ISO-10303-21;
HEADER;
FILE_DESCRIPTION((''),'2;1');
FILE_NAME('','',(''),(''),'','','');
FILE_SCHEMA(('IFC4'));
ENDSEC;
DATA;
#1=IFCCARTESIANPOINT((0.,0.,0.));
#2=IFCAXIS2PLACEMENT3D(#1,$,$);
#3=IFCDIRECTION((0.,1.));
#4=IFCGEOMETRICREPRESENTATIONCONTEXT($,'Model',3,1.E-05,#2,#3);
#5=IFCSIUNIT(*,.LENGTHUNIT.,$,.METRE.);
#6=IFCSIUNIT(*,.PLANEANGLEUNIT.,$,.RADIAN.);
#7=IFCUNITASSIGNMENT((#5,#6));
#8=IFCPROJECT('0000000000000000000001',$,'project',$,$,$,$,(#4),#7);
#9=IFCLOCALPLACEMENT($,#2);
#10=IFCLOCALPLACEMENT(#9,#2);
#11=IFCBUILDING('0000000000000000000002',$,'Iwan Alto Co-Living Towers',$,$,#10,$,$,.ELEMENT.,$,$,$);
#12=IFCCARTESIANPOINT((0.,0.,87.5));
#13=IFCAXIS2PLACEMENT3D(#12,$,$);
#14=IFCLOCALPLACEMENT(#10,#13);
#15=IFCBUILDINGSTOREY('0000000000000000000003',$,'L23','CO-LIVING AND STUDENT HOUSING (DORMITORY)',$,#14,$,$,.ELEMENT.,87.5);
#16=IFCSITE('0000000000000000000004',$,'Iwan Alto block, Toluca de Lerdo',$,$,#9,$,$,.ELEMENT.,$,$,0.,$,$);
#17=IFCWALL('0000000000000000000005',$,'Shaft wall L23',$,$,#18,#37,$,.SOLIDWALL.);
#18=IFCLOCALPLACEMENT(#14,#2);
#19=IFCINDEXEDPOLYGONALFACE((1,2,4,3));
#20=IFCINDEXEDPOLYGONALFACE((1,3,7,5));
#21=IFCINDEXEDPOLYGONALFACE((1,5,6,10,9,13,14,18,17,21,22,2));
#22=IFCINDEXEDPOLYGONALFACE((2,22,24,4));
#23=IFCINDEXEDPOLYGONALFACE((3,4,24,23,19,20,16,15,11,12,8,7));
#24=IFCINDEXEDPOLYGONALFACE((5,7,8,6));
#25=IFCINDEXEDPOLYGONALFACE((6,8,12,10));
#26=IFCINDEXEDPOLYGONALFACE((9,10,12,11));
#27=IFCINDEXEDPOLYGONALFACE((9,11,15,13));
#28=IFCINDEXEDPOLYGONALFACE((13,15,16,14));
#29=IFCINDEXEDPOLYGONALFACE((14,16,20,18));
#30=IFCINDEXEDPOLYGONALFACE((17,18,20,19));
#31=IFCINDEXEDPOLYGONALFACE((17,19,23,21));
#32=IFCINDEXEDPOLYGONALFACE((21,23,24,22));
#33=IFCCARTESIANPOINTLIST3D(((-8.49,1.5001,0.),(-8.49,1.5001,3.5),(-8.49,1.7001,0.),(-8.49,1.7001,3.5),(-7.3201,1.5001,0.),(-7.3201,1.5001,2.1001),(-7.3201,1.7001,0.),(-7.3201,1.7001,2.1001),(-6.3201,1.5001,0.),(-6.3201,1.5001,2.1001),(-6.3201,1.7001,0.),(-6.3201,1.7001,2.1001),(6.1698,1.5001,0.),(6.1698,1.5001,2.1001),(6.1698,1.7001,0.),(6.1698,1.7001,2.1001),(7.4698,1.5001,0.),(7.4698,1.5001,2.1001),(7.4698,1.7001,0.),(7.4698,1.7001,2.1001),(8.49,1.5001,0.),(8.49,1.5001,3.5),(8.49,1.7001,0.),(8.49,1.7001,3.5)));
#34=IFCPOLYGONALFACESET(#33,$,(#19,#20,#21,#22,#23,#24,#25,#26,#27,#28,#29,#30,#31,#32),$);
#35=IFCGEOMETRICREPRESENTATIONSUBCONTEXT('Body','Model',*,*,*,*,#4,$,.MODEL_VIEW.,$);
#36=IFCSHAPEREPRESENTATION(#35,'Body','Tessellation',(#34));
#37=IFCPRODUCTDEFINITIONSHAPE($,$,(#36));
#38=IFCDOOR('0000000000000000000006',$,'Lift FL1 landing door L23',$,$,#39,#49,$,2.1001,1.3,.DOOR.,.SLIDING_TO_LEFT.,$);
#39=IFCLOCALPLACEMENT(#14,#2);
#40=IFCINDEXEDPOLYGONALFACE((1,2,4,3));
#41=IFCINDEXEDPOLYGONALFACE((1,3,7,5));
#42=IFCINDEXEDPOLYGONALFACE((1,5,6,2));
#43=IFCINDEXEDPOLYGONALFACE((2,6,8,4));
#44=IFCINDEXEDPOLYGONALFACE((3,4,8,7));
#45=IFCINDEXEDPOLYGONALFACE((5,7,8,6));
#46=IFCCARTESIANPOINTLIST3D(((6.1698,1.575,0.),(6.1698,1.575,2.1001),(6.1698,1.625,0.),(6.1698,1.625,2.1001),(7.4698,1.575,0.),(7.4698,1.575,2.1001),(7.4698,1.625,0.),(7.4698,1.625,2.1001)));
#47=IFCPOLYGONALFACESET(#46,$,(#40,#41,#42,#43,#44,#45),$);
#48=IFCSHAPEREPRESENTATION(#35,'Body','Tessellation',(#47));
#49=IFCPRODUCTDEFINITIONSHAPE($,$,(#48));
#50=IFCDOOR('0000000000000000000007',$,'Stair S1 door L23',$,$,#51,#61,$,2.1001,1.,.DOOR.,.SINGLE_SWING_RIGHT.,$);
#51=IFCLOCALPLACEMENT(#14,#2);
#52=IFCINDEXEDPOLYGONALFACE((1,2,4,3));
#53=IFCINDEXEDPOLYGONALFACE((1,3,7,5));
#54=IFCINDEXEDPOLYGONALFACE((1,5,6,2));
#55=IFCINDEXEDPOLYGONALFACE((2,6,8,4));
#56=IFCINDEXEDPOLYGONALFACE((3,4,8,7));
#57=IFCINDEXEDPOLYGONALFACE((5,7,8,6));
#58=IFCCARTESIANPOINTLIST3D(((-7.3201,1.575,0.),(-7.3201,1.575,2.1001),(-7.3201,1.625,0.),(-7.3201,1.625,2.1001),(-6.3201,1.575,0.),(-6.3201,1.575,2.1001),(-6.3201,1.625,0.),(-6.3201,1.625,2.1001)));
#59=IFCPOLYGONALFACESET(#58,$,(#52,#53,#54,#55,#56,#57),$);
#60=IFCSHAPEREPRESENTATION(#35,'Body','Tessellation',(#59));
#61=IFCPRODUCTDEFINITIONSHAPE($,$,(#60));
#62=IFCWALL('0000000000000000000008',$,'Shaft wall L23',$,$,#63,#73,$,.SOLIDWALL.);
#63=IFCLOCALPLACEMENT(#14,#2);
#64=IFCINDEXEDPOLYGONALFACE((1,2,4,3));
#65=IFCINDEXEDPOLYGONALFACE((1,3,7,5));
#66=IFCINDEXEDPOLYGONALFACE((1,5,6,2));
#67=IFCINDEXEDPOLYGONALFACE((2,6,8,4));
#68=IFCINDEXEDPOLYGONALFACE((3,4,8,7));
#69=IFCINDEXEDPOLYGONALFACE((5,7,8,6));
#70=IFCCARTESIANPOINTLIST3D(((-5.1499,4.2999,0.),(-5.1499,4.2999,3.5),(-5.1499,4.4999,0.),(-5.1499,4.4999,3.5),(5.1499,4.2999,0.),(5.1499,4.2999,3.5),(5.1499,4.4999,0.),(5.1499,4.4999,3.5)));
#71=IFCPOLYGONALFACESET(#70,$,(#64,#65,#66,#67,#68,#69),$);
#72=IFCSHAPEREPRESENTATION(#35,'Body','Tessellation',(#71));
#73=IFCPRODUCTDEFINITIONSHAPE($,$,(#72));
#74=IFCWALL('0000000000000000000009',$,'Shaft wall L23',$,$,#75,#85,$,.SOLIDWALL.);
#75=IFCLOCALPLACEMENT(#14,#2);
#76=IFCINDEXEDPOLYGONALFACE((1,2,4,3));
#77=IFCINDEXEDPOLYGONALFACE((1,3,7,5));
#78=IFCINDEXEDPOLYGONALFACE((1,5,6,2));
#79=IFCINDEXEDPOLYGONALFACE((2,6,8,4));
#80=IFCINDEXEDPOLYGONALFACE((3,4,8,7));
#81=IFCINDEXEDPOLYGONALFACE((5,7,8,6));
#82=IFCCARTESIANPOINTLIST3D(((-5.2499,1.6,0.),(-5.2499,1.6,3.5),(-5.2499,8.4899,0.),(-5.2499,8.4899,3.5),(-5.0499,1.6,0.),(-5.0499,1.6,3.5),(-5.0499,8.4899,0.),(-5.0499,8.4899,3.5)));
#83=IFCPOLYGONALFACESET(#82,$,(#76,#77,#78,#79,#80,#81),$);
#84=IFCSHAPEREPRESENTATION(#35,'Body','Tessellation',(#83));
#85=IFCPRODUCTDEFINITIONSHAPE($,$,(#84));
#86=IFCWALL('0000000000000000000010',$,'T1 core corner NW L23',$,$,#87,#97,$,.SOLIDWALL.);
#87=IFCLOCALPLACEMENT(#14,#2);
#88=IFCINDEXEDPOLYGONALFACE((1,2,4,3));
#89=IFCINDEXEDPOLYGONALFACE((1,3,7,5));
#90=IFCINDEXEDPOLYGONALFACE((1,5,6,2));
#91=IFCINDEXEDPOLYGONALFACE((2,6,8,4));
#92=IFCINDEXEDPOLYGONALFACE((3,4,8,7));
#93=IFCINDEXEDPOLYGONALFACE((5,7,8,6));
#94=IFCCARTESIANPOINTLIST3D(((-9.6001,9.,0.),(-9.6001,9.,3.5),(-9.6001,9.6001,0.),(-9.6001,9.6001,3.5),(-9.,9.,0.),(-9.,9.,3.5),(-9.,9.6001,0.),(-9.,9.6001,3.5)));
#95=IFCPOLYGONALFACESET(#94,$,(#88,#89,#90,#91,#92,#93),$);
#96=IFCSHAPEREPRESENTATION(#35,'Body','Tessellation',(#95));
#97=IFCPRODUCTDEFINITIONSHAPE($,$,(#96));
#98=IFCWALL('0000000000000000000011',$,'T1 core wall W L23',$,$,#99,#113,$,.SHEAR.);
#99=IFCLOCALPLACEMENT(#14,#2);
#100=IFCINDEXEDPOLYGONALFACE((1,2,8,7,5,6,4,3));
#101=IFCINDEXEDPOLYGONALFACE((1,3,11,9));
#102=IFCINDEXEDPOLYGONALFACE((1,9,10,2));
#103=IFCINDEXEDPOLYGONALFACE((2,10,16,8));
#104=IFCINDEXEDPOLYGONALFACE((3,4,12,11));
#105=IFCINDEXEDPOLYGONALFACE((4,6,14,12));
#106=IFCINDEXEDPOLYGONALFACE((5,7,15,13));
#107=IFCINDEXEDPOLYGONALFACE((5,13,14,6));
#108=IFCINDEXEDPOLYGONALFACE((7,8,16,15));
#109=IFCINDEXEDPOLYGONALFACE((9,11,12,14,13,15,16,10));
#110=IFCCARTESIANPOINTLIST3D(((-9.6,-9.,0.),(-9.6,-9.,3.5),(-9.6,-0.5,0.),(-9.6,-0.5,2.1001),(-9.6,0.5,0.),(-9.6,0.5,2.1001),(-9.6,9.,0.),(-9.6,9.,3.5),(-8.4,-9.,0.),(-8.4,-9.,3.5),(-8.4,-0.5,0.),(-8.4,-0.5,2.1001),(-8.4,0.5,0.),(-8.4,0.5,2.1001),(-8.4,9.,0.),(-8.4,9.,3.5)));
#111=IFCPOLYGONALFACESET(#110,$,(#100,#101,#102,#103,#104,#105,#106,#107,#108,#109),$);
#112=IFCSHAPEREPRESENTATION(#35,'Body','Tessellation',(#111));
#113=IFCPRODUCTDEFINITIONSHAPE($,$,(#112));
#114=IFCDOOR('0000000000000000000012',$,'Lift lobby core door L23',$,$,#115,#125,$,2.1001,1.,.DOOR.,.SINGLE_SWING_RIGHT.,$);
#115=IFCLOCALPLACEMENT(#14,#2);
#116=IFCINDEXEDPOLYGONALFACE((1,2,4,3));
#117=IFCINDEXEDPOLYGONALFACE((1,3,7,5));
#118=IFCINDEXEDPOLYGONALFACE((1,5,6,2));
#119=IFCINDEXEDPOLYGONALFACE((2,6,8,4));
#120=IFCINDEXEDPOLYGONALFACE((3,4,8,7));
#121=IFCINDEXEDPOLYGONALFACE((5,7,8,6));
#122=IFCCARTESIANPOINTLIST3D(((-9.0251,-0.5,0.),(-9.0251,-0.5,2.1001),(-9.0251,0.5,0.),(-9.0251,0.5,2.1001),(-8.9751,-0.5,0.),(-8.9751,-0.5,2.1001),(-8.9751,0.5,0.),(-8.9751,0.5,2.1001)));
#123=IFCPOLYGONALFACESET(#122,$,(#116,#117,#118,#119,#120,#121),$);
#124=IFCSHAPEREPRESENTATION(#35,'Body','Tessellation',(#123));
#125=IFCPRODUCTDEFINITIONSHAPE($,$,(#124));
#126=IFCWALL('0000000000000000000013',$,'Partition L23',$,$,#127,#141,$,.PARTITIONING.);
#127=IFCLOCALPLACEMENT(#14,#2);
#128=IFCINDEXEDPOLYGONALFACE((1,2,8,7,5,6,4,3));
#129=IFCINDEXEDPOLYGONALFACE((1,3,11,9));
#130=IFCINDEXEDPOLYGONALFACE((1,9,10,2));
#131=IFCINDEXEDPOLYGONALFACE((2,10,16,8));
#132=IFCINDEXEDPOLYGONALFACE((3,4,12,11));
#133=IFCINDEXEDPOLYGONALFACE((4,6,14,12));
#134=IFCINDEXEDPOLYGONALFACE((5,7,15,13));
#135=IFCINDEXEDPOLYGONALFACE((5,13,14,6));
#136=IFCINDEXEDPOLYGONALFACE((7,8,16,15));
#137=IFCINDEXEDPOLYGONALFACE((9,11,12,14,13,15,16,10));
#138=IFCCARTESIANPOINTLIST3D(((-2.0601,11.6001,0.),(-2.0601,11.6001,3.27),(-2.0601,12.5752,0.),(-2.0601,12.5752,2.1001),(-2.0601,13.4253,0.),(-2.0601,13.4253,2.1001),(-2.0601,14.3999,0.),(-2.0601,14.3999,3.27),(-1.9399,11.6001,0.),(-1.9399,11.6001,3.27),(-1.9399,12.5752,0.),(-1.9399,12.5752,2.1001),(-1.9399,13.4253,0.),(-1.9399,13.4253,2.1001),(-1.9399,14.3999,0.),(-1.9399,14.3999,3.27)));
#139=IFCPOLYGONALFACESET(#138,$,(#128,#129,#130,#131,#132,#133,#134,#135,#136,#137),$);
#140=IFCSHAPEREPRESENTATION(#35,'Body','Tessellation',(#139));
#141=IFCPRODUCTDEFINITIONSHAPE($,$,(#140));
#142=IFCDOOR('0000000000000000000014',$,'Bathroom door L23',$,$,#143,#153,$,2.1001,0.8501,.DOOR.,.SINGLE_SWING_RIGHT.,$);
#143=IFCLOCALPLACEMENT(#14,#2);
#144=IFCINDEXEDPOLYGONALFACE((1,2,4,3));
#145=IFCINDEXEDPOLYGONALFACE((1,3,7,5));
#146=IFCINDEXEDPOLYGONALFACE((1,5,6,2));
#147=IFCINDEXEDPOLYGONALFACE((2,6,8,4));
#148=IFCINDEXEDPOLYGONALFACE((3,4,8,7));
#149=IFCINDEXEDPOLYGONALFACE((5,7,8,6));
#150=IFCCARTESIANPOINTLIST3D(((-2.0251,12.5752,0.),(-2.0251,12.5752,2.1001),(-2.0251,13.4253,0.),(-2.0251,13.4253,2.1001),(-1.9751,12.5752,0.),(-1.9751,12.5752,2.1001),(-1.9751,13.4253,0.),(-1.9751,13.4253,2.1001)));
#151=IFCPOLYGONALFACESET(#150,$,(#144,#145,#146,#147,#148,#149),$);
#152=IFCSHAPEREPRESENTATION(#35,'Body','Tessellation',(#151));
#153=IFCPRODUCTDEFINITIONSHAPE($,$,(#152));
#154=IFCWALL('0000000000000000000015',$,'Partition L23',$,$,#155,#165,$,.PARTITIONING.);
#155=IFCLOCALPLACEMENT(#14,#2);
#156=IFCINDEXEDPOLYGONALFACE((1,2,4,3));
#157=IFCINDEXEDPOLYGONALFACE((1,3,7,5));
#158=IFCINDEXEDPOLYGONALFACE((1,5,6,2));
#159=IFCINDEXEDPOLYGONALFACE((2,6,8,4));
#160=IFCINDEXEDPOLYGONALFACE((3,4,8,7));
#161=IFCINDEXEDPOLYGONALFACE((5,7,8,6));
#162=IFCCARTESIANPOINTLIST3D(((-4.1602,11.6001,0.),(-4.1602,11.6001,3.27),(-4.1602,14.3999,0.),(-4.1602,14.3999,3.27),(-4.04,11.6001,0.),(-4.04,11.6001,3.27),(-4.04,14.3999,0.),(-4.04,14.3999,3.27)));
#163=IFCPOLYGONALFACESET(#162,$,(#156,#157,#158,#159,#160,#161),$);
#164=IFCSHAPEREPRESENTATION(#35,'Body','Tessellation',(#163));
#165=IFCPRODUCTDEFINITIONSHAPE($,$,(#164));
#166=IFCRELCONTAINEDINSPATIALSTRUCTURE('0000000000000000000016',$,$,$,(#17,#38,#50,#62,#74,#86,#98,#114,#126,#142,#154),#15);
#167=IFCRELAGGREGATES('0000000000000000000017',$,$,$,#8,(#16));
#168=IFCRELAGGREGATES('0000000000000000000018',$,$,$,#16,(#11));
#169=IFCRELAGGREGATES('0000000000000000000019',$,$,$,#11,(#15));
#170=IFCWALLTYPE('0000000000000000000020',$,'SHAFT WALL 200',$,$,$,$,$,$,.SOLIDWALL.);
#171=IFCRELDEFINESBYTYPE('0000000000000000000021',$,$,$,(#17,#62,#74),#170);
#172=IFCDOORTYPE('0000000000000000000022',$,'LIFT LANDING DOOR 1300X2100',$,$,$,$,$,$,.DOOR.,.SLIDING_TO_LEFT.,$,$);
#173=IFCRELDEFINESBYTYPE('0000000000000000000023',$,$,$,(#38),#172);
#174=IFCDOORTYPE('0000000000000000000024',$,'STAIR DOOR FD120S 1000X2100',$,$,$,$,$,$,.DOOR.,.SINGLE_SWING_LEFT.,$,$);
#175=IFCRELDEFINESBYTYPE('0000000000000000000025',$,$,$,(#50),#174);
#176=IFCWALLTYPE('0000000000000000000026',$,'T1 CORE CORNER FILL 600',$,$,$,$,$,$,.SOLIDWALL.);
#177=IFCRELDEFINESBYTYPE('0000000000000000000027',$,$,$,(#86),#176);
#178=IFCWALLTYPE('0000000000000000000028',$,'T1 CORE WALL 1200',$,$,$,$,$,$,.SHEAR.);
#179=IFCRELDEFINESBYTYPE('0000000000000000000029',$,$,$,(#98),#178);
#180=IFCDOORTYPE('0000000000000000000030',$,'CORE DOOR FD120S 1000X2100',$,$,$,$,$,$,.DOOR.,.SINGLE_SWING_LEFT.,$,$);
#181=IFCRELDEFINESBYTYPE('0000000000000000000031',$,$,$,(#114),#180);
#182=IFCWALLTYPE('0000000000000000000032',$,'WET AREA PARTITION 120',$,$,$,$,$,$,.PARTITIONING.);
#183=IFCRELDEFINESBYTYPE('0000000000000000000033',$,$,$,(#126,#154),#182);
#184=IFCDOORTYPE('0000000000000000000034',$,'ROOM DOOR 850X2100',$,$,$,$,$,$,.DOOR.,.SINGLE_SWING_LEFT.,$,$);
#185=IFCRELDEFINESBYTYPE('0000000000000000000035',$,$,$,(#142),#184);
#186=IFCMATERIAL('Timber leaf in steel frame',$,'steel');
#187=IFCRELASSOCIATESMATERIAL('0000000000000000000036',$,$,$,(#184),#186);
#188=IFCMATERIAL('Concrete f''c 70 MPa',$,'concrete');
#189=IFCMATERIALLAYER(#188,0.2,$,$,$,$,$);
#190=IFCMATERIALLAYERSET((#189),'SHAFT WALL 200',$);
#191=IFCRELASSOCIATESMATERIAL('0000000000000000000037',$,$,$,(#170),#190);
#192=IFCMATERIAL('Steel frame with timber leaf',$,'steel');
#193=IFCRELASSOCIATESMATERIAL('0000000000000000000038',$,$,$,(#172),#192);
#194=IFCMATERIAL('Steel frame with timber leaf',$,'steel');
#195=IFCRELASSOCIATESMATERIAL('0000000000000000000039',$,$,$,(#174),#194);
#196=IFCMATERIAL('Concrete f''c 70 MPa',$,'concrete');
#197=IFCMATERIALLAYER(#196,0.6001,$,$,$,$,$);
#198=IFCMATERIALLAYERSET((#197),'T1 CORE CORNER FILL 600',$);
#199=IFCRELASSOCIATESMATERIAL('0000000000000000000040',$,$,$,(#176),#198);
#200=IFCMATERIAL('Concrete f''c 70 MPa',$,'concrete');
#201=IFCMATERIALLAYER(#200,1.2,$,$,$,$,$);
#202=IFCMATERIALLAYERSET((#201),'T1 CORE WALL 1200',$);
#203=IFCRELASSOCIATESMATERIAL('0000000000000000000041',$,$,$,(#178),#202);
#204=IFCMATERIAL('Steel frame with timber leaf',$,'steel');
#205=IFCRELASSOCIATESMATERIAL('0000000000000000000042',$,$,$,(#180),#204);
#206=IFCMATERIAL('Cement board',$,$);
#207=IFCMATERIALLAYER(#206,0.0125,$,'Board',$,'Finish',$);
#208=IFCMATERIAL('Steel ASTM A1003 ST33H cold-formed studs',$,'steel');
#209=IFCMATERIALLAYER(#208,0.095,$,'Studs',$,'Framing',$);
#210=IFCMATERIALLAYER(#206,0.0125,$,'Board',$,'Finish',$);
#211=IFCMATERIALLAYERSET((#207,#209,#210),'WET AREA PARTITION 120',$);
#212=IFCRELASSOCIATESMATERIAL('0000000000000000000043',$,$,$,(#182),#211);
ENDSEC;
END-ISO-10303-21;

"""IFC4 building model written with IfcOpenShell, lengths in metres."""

from ifc_helpers import new_model, si_unit, direction, frame, frame_2d, origin, place, context, subcontext, project, spatial, rectangle, extrude, material, layer, layer_set, type_object, element, fill, save


model = new_model("IFC4")

# Units and contexts
model_context = context("Model", 3, precision=1e-05, world=origin(), true_north=direction((0.0, 1.0)))
body_context = subcontext(model_context, "Body", "Model", "MODEL_VIEW")
ifc_project = project(units=[si_unit("LENGTHUNIT", "METRE"), si_unit("PLANEANGLEUNIT", "RADIAN")], contexts=[model_context])

# Site, building, storey
site_placement = place(None, origin())
site = spatial("IfcSite", under=ifc_project, at=site_placement, Name="Iwan Alto block, Toluca de Lerdo", CompositionType="ELEMENT", RefElevation=0.0)
building_placement = place(site_placement, origin())
building = spatial("IfcBuilding", under=site, at=building_placement, Name="Iwan Alto Co-Living Towers", CompositionType="ELEMENT")
storey_placement = place(building_placement, frame((0.0, 0.0, 87.5)))
storey = spatial("IfcBuildingStorey", under=building, at=storey_placement, Name="L23", Description="CO-LIVING AND STUDENT HOUSING (DORMITORY)", CompositionType="ELEMENT", Elevation=87.5)

# Shared definitions
ifc_material_1 = material(Name="Steel ASTM A1003 ST33H cold-formed studs", Category="steel")

# Shared definitions
ifc_material_2 = material(Name="Timber leaf in steel frame", Category="steel")
door_type_1 = type_object("IfcDoorType", Name="ROOM DOOR 850X2100", OperationType="SINGLE_SWING_LEFT", PredefinedType="DOOR", material=ifc_material_2)

# Wall, openings, doors
ifc_material_3 = material(Name="Concrete f'c 70 MPa", Category="concrete")
ifc_layer_1 = layer(ifc_material_3, 0.2)
ifc_layer_set_1 = layer_set([ifc_layer_1], Name="SHAFT WALL 200")
wall_type_1 = type_object("IfcWallType", Name="SHAFT WALL 200", PredefinedType="SOLIDWALL", material=ifc_layer_set_1)
wall_1_placement = place(storey_placement, frame((-8.49, 1.6001, 0.0), z_axis=(0.0, 0.0, 1.0), x_axis=(1.0, 0.0, 0.0)))
wall_1 = element("IfcWall", 1, at=wall_1_placement, inside=storey, type_object=wall_type_1, Name="Shaft wall L23", PredefinedType="SOLIDWALL", context=body_context, shape_type="SweptSolid", body=[
    extrude(rectangle(XDim=16.98, YDim=0.2, at=frame_2d((8.49, 0.0))), origin(), (0.0, 0.0, 1.0), 3.5),
])
opening_1_placement = place(wall_1_placement, frame((1.1699, 0.0, 0.0)))
opening_1 = element("IfcOpeningElement", 2, at=opening_1_placement, cuts=wall_1, PredefinedType="OPENING", context=body_context, shape_type="SweptSolid", body=[
    extrude(rectangle(XDim=1.0, YDim=2.1001, at=frame_2d((0.5, 1.05))), frame((0.0, 0.1099, 0.0), z_axis=(0.0, -1.0, 0.0), x_axis=(1.0, 0.0, 0.0)), (0.0, 0.0, 1.0), 0.22),
])
opening_2_placement = place(wall_1_placement, frame((14.6599, 0.0, 0.0)))
opening_2 = element("IfcOpeningElement", 3, at=opening_2_placement, cuts=wall_1, PredefinedType="OPENING", context=body_context, shape_type="SweptSolid", body=[
    extrude(rectangle(XDim=1.3, YDim=2.1001, at=frame_2d((0.6499, 1.05))), frame((0.0, 0.1099, 0.0), z_axis=(0.0, -1.0, 0.0), x_axis=(1.0, 0.0, 0.0)), (0.0, 0.0, 1.0), 0.22),
])
ifc_material_4 = material(Name="Steel frame with timber leaf", Category="steel")
door_type_2 = type_object("IfcDoorType", Name="LIFT LANDING DOOR 1300X2100", OperationType="SLIDING_TO_LEFT", PredefinedType="DOOR", material=ifc_material_4)
door_1_placement = place(opening_2_placement, origin())
door_1 = element("IfcDoor", 4, at=door_1_placement, inside=storey, type_object=door_type_2, Name="Lift FL1 landing door L23", OperationType="SLIDING_TO_LEFT", OverallHeight=2.1001, OverallWidth=1.3, PredefinedType="DOOR", context=body_context, shape_type="SweptSolid", body=[
    extrude(rectangle(XDim=1.3, YDim=2.1001, at=frame_2d((0.6499, 1.05))), frame((0.0, 0.0249, 0.0), z_axis=(0.0, -1.0, 0.0), x_axis=(1.0, 0.0, 0.0)), (0.0, 0.0, 1.0), 0.05),
])
fill(opening_2, door_1)
ifc_material_5 = material(Name="Steel frame with timber leaf", Category="steel")
door_type_3 = type_object("IfcDoorType", Name="STAIR DOOR FD120S 1000X2100", OperationType="SINGLE_SWING_LEFT", PredefinedType="DOOR", material=ifc_material_5)
door_2_placement = place(opening_1_placement, origin())
door_2 = element("IfcDoor", 5, at=door_2_placement, inside=storey, type_object=door_type_3, Name="Stair S1 door L23", OperationType="SINGLE_SWING_RIGHT", OverallHeight=2.1001, OverallWidth=1.0, PredefinedType="DOOR", context=body_context, shape_type="SweptSolid", body=[
    extrude(rectangle(XDim=1.0, YDim=2.1001, at=frame_2d((0.5, 1.05))), frame((0.0, 0.0249, 0.0), z_axis=(0.0, -1.0, 0.0), x_axis=(1.0, 0.0, 0.0)), (0.0, 0.0, 1.0), 0.05),
])
fill(opening_1, door_2)

# Walls
wall_2_placement = place(storey_placement, frame((-5.1499, 4.3999, 0.0), z_axis=(0.0, 0.0, 1.0), x_axis=(1.0, 0.0, 0.0)))
element("IfcWall", 6, at=wall_2_placement, inside=storey, type_object=wall_type_1, Name="Shaft wall L23", PredefinedType="SOLIDWALL", context=body_context, shape_type="SweptSolid", body=[
    extrude(rectangle(XDim=10.2998, YDim=0.2, at=frame_2d((5.1499, 0.0))), origin(), (0.0, 0.0, 1.0), 3.5),
])
wall_3_placement = place(storey_placement, frame((-5.1499, 1.6001, 0.0), z_axis=(0.0, 0.0, 1.0), x_axis=(0.0, 1.0, 0.0)))
element("IfcWall", 7, at=wall_3_placement, inside=storey, type_object=wall_type_1, Name="Shaft wall L23", PredefinedType="SOLIDWALL", context=body_context, shape_type="SweptSolid", body=[
    extrude(rectangle(XDim=6.8899, YDim=0.2, at=frame_2d((3.4448, 0.0))), origin(), (0.0, 0.0, 1.0), 3.5),
])
ifc_material_6 = material(Name="Concrete f'c 70 MPa", Category="concrete")
ifc_layer_2 = layer(ifc_material_6, 0.6001)
ifc_layer_set_2 = layer_set([ifc_layer_2], Name="T1 CORE CORNER FILL 600")
wall_type_2 = type_object("IfcWallType", Name="T1 CORE CORNER FILL 600", PredefinedType="SOLIDWALL", material=ifc_layer_set_2)
wall_4_placement = place(storey_placement, frame((-9.6001, 9.3, 0.0), z_axis=(0.0, 0.0, 1.0), x_axis=(1.0, 0.0, 0.0)))
element("IfcWall", 8, at=wall_4_placement, inside=storey, type_object=wall_type_2, Name="T1 core corner NW L23", PredefinedType="SOLIDWALL", context=body_context, shape_type="SweptSolid", body=[
    extrude(rectangle(XDim=0.6001, YDim=0.6001, at=frame_2d((0.3, 0.0))), origin(), (0.0, 0.0, 1.0), 3.5),
])

# Walls, openings, doors
ifc_material_7 = material(Name="Concrete f'c 70 MPa", Category="concrete")
ifc_layer_3 = layer(ifc_material_7, 1.2)
ifc_layer_set_3 = layer_set([ifc_layer_3], Name="T1 CORE WALL 1200")
wall_type_3 = type_object("IfcWallType", Name="T1 CORE WALL 1200", PredefinedType="SHEAR", material=ifc_layer_set_3)
wall_5_placement = place(storey_placement, frame((-9.0, 9.0, 0.0), z_axis=(0.0, 0.0, 1.0), x_axis=(0.0, -1.0, 0.0)))
wall_5 = element("IfcWall", 9, at=wall_5_placement, inside=storey, type_object=wall_type_3, Name="T1 core wall W L23", PredefinedType="SHEAR", context=body_context, shape_type="SweptSolid", body=[
    extrude(rectangle(XDim=18.0, YDim=1.2, at=frame_2d((9.0, 0.0))), origin(), (0.0, 0.0, 1.0), 3.5),
])
opening_3_placement = place(wall_5_placement, frame((8.5, 0.0, 0.0)))
opening_3 = element("IfcOpeningElement", 10, at=opening_3_placement, cuts=wall_5, PredefinedType="OPENING", context=body_context, shape_type="SweptSolid", body=[
    extrude(rectangle(XDim=1.0, YDim=2.1001, at=frame_2d((0.5, 1.05))), frame((0.0, 0.6099, 0.0), z_axis=(0.0, -1.0, 0.0), x_axis=(1.0, 0.0, 0.0)), (0.0, 0.0, 1.0), 1.22),
])
ifc_material_8 = material(Name="Steel frame with timber leaf", Category="steel")
door_type_4 = type_object("IfcDoorType", Name="CORE DOOR FD120S 1000X2100", OperationType="SINGLE_SWING_LEFT", PredefinedType="DOOR", material=ifc_material_8)
door_3_placement = place(opening_3_placement, origin())
door_3 = element("IfcDoor", 11, at=door_3_placement, inside=storey, type_object=door_type_4, Name="Lift lobby core door L23", OperationType="SINGLE_SWING_RIGHT", OverallHeight=2.1001, OverallWidth=1.0, PredefinedType="DOOR", context=body_context, shape_type="SweptSolid", body=[
    extrude(rectangle(XDim=1.0, YDim=2.1001, at=frame_2d((0.5, 1.05))), frame((0.0, 0.0249, 0.0), z_axis=(0.0, -1.0, 0.0), x_axis=(1.0, 0.0, 0.0)), (0.0, 0.0, 1.0), 0.05),
])
fill(opening_3, door_3)
ifc_material_9 = material(Name="Cement board")
ifc_layer_4 = layer(ifc_material_9, 0.0125, Name="Board", Category="Finish")
ifc_layer_5 = layer(ifc_material_1, 0.095, Name="Studs", Category="Framing")
ifc_layer_6 = layer(ifc_material_9, 0.0125, Name="Board", Category="Finish")
ifc_layer_set_4 = layer_set([ifc_layer_4, ifc_layer_5, ifc_layer_6], Name="WET AREA PARTITION 120")
wall_type_4 = type_object("IfcWallType", Name="WET AREA PARTITION 120", PredefinedType="PARTITIONING", material=ifc_layer_set_4)
wall_6_placement = place(storey_placement, frame((-2.0, 11.6001, 0.0), z_axis=(0.0, 0.0, 1.0), x_axis=(0.0, 1.0, 0.0)))
wall_6 = element("IfcWall", 12, at=wall_6_placement, inside=storey, type_object=wall_type_4, Name="Partition L23", PredefinedType="PARTITIONING", context=body_context, shape_type="SweptSolid", body=[
    extrude(rectangle(XDim=2.7998, YDim=0.1201, at=frame_2d((1.3999, 0.0))), origin(), (0.0, 0.0, 1.0), 3.27),
])
opening_4_placement = place(wall_6_placement, frame((0.9751, 0.0, 0.0)))
opening_4 = element("IfcOpeningElement", 13, at=opening_4_placement, cuts=wall_6, PredefinedType="OPENING", context=body_context, shape_type="SweptSolid", body=[
    extrude(rectangle(XDim=0.8501, YDim=2.1001, at=frame_2d((0.425, 1.05))), frame((0.0, 0.0701, 0.0), z_axis=(0.0, -1.0, 0.0), x_axis=(1.0, 0.0, 0.0)), (0.0, 0.0, 1.0), 0.1401),
])
door_4_placement = place(opening_4_placement, frame((0.8501, 0.0, 0.0), z_axis=(0.0, 0.0, 1.0), x_axis=(-1.0, 0.0, 0.0)))
door_4 = element("IfcDoor", 14, at=door_4_placement, inside=storey, type_object=door_type_1, Name="Bathroom door L23", OperationType="SINGLE_SWING_RIGHT", OverallHeight=2.1001, OverallWidth=0.8501, PredefinedType="DOOR", context=body_context, shape_type="SweptSolid", body=[
    extrude(rectangle(XDim=0.8501, YDim=2.1001, at=frame_2d((0.425, 1.05))), frame((0.0, 0.0249, 0.0), z_axis=(0.0, -1.0, 0.0), x_axis=(1.0, 0.0, 0.0)), (0.0, 0.0, 1.0), 0.05),
])
fill(opening_4, door_4)

# Wall
for number, where, z_axis, x_axis, name in (
    (15, (-4.1001, 11.6001, 0.0), (0.0, 0.0, 1.0), (0.0, 1.0, 0.0), "Partition L23"),
):
    element("IfcWall", number, at=place(storey_placement, frame(where, z_axis=z_axis, x_axis=x_axis)), inside=storey, type_object=wall_type_4, Name=name, PredefinedType="PARTITIONING", context=body_context, shape_type="SweptSolid", body=[
        extrude(rectangle(XDim=2.7998, YDim=0.1201, at=frame_2d((1.3999, 0.0))), origin(), (0.0, 0.0, 1.0), 3.27),
    ])

save(model, "model.ifc")
